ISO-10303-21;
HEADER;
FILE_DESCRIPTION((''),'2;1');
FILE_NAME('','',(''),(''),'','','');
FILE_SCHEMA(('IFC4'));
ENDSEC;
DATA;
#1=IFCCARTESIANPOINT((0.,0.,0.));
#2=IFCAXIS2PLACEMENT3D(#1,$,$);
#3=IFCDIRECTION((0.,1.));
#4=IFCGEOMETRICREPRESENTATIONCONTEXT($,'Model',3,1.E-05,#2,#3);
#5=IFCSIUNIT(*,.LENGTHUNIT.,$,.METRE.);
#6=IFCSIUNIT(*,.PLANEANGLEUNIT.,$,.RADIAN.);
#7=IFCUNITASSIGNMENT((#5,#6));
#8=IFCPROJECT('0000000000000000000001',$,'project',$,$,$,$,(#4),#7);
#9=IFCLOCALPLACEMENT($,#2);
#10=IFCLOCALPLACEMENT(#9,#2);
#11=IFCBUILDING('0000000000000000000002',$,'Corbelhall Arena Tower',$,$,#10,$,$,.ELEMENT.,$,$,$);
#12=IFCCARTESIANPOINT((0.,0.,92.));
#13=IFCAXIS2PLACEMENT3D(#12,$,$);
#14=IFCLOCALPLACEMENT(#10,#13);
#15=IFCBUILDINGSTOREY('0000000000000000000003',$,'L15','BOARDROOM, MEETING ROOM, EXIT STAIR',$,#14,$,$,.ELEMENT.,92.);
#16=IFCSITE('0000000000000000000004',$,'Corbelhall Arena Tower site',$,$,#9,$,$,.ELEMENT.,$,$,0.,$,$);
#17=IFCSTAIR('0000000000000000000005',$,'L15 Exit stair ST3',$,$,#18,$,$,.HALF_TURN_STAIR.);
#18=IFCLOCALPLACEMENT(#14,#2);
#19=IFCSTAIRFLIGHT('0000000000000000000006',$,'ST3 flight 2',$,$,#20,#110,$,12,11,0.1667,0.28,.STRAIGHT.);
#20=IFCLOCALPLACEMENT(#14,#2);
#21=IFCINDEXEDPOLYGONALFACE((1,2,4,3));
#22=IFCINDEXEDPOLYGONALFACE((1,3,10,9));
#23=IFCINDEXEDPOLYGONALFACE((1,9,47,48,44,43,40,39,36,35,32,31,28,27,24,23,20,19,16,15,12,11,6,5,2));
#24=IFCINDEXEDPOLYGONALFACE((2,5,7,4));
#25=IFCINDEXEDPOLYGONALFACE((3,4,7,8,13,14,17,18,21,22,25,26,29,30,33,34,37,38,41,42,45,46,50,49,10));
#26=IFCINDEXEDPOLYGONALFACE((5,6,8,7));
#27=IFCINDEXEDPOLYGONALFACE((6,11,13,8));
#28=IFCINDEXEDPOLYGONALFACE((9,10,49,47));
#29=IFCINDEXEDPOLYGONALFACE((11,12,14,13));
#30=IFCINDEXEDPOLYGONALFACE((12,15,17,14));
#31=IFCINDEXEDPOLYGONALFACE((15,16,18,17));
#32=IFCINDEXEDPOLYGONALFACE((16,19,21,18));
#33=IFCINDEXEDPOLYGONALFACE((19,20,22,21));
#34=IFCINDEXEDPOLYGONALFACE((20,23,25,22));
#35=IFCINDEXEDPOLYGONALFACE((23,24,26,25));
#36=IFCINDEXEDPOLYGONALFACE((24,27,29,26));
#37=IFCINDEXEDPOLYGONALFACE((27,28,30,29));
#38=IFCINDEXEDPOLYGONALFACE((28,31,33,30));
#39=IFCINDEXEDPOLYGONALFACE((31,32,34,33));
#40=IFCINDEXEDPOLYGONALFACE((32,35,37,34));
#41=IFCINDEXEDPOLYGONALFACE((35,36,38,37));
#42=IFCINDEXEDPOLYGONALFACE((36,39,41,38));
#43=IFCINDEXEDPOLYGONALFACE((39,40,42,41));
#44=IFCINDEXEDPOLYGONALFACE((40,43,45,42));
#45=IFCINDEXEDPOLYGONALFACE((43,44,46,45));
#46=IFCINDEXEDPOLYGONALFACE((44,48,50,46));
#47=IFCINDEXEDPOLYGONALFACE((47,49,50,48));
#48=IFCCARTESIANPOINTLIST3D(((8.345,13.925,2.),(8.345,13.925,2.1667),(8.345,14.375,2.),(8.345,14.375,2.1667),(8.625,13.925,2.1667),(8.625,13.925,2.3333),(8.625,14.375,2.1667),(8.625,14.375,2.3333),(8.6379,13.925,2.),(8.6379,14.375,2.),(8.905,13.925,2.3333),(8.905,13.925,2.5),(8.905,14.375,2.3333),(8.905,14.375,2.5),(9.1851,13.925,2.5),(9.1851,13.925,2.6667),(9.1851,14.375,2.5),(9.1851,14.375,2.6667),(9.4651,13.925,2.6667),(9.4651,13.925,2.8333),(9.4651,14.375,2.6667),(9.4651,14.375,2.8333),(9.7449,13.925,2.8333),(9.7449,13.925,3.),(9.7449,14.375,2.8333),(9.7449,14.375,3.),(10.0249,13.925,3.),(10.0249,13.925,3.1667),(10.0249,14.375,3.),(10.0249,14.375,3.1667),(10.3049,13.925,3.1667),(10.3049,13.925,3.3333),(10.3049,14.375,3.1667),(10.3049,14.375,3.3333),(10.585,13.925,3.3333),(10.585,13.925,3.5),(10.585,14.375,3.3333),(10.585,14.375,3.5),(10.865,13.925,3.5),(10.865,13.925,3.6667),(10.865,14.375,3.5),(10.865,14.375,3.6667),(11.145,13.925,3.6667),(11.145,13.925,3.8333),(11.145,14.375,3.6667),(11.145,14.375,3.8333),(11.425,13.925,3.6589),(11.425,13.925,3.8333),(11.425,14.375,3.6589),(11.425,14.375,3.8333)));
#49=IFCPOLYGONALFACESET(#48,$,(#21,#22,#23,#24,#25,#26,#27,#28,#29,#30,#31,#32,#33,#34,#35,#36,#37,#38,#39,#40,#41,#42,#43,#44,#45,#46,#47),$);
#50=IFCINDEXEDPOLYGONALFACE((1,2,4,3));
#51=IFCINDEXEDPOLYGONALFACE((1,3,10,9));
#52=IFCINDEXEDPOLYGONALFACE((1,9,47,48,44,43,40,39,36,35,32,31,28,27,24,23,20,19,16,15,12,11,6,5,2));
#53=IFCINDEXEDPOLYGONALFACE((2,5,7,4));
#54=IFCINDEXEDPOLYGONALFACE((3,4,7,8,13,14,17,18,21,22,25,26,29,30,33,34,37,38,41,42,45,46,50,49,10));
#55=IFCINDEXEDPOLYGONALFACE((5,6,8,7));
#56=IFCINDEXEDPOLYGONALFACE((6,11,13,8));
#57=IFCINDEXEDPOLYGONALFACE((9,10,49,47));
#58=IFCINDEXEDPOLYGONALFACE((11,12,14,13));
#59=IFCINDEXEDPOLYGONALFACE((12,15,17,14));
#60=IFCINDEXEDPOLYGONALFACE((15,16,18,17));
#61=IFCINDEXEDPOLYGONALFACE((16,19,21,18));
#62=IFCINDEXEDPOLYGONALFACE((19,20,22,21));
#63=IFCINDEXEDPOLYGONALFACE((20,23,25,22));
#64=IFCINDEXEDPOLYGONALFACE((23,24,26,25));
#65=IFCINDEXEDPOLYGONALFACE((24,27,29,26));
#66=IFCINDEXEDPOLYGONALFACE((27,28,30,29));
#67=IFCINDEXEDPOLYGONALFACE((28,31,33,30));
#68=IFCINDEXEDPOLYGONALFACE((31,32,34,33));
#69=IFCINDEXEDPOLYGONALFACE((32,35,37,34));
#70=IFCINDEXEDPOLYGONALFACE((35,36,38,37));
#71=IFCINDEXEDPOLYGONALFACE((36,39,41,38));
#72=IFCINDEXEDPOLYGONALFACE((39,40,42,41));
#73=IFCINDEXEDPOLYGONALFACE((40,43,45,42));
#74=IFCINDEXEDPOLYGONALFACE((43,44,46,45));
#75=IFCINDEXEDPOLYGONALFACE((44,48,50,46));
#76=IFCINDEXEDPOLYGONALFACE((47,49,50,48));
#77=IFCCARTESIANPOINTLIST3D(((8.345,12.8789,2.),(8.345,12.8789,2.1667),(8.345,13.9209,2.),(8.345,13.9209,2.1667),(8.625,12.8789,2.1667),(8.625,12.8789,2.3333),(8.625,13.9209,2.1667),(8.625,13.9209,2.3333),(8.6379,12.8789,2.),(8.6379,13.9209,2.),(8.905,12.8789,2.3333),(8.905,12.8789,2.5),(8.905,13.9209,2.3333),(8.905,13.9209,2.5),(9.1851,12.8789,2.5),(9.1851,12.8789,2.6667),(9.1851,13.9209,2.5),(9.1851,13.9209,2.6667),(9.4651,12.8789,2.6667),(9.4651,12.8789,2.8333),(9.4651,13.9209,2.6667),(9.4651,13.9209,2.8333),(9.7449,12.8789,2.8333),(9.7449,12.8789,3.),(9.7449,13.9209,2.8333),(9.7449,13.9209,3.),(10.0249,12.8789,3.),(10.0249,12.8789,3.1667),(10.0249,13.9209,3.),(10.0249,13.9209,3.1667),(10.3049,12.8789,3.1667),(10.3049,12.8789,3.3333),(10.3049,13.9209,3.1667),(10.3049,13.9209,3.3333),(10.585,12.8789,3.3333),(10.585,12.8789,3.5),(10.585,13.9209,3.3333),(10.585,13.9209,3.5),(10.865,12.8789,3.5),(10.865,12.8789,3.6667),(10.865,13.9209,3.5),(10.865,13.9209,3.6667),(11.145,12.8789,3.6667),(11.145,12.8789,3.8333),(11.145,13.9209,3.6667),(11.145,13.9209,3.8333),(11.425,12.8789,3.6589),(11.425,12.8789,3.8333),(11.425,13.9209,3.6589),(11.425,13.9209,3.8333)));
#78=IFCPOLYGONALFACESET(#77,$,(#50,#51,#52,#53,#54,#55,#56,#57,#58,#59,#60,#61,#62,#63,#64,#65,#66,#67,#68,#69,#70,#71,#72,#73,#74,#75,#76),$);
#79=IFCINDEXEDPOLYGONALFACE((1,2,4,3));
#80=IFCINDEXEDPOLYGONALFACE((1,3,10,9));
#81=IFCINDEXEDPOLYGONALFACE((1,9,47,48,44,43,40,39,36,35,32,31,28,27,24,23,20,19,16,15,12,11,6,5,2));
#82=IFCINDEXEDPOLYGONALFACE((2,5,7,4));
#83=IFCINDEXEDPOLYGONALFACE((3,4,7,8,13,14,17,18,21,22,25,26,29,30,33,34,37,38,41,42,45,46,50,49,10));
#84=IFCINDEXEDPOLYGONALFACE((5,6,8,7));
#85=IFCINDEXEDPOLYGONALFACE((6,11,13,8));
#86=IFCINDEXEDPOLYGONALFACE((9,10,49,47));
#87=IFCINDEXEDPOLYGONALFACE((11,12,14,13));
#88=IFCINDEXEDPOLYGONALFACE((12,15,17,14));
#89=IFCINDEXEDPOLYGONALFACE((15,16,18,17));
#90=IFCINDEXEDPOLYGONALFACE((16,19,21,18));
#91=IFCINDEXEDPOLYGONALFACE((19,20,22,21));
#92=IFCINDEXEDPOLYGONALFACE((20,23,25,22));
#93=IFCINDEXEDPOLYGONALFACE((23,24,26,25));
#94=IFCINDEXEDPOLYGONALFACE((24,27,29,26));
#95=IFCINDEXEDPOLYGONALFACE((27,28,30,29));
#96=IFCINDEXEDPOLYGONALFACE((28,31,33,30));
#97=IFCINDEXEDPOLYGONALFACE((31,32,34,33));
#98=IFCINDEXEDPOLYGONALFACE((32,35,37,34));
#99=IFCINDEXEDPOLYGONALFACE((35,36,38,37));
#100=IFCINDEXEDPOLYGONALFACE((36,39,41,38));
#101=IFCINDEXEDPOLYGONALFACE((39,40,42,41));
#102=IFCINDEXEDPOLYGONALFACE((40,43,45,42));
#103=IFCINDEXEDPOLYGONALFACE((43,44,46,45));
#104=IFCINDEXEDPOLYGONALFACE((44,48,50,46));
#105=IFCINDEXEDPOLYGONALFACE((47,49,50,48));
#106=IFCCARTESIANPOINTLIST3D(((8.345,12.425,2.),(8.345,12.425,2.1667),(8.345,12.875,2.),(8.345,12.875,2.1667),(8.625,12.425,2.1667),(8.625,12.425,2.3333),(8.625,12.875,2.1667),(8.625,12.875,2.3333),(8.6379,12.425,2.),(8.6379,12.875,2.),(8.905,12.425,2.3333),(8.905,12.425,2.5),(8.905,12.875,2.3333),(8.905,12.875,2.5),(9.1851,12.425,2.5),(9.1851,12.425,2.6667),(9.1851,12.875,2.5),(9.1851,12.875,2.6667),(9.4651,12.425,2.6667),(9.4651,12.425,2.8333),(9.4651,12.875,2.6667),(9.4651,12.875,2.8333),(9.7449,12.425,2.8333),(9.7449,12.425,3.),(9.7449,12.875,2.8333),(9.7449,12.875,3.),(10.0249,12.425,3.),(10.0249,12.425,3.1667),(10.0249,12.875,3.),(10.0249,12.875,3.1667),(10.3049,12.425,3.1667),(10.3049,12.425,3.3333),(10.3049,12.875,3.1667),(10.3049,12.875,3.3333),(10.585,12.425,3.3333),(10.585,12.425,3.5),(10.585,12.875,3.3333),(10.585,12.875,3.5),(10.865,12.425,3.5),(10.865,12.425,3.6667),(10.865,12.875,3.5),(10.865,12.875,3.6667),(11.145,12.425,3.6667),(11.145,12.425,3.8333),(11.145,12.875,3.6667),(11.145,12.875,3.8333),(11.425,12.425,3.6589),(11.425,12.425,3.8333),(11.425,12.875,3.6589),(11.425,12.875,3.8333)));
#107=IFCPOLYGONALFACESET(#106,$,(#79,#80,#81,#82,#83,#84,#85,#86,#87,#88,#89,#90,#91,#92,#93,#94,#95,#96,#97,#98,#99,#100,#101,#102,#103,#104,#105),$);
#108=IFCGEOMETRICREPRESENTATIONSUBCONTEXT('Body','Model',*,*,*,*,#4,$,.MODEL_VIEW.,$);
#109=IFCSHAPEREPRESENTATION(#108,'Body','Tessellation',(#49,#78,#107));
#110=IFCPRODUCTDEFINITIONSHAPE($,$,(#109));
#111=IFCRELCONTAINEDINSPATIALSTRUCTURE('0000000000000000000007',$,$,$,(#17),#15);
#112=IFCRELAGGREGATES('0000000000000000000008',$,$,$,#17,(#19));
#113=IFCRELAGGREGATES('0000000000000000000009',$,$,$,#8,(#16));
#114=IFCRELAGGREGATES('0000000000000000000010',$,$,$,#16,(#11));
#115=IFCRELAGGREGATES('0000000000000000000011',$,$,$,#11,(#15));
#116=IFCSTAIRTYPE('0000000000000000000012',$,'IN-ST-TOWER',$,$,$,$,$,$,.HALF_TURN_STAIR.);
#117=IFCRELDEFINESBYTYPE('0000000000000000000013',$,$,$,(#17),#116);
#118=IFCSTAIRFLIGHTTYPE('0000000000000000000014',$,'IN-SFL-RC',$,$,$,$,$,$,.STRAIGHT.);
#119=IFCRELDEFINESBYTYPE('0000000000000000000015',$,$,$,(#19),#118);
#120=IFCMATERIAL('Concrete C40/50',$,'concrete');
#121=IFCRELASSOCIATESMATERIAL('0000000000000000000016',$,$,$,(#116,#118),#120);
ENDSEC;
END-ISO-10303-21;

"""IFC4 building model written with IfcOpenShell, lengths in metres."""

from ifc_helpers import new_model, si_unit, direction, frame, origin, place, context, subcontext, project, spatial, polyline, outline, extrude, material, type_object, element, aggregate, save


model = new_model("IFC4")

# Units and contexts
model_context = context("Model", 3, precision=1e-05, world=origin(), true_north=direction((0.0, 1.0)))
body_context = subcontext(model_context, "Body", "Model", "MODEL_VIEW")
ifc_project = project(units=[si_unit("LENGTHUNIT", "METRE"), si_unit("PLANEANGLEUNIT", "RADIAN")], contexts=[model_context])

# Site, building, storey
site_placement = place(None, origin())
site = spatial("IfcSite", under=ifc_project, at=site_placement, Name="Corbelhall Arena Tower site", CompositionType="ELEMENT", RefElevation=0.0)
building_placement = place(site_placement, origin())
building = spatial("IfcBuilding", under=site, at=building_placement, Name="Corbelhall Arena Tower", CompositionType="ELEMENT")
storey_placement = place(building_placement, frame((0.0, 0.0, 92.0)))
storey = spatial("IfcBuildingStorey", under=building, at=storey_placement, Name="L15", Description="BOARDROOM, MEETING ROOM, EXIT STAIR", CompositionType="ELEMENT", Elevation=92.0)

# Shared definitions
ifc_material_1 = material(Name="Concrete C40/50", Category="concrete")

# Stair, stair flight
stair_type = type_object("IfcStairType", Name="IN-ST-TOWER", PredefinedType="HALF_TURN_STAIR", material=ifc_material_1)
stair_placement = place(storey_placement, origin())
stair = element("IfcStair", 1, at=stair_placement, inside=storey, type_object=stair_type, Name="L15 Exit stair ST3", PredefinedType="HALF_TURN_STAIR")
stair_flight_type = type_object("IfcStairFlightType", Name="IN-SFL-RC", PredefinedType="STRAIGHT", material=ifc_material_1)
stair_flight_1_placement = place(storey_placement, frame((8.345, 13.3999, 2.0), z_axis=(0.0, 0.0, 1.0), x_axis=(1.0, 0.0, 0.0)))
stair_flight_1 = element("IfcStairFlight", 2, at=stair_flight_1_placement, type_object=stair_flight_type, Name="ST3 flight 2", NumberOfRisers=12, NumberOfTreads=11, PredefinedType="STRAIGHT", RiserHeight=0.1667, TreadLength=0.28, context=body_context, shape_type="SweptSolid", body=[
    extrude(outline(polyline([(0.0, 0.0), (0.0, 0.1667), (0.28, 0.1667), (0.28, 0.3333), (0.5601, 0.3333), (0.5601, 0.5), (0.8401, 0.5), (0.8401, 0.6667), (1.1201, 0.6667), (1.1201, 0.8333), (1.3999, 0.8333), (1.3999, 1.0), (1.6799, 1.0), (1.6799, 1.1667), (1.96, 1.1667), (1.96, 1.3333), (2.24, 1.3333), (2.24, 1.5), (2.52, 1.5), (2.52, 1.6667), (2.8, 1.6667), (2.8, 1.8333), (3.0801, 1.8333), (3.0801, 2.0), (3.0801, 1.6589), (0.293, 0.0), (0.0, 0.0)])), frame((0.0, 0.9751, 0.0), z_axis=(0.0, -1.0, 0.0), x_axis=(1.0, 0.0, 0.0)), (0.0, 0.0, 1.0), 0.45),
    extrude(outline(polyline([(0.0, 0.0), (0.0, 0.1667), (0.28, 0.1667), (0.28, 0.3333), (0.5601, 0.3333), (0.5601, 0.5), (0.8401, 0.5), (0.8401, 0.6667), (1.1201, 0.6667), (1.1201, 0.8333), (1.3999, 0.8333), (1.3999, 1.0), (1.6799, 1.0), (1.6799, 1.1667), (1.96, 1.1667), (1.96, 1.3333), (2.24, 1.3333), (2.24, 1.5), (2.52, 1.5), (2.52, 1.6667), (2.8, 1.6667), (2.8, 1.8333), (3.0801, 1.8333), (3.0801, 2.0), (3.0801, 1.6589), (0.293, 0.0), (0.0, 0.0)])), frame((0.0, 0.521, 0.0), z_axis=(0.0, -1.0, 0.0), x_axis=(1.0, 0.0, 0.0)), (0.0, 0.0, 1.0), 1.042),
    extrude(outline(polyline([(0.0, 0.0), (0.0, 0.1667), (0.28, 0.1667), (0.28, 0.3333), (0.5601, 0.3333), (0.5601, 0.5), (0.8401, 0.5), (0.8401, 0.6667), (1.1201, 0.6667), (1.1201, 0.8333), (1.3999, 0.8333), (1.3999, 1.0), (1.6799, 1.0), (1.6799, 1.1667), (1.96, 1.1667), (1.96, 1.3333), (2.24, 1.3333), (2.24, 1.5), (2.52, 1.5), (2.52, 1.6667), (2.8, 1.6667), (2.8, 1.8333), (3.0801, 1.8333), (3.0801, 2.0), (3.0801, 1.6589), (0.293, 0.0), (0.0, 0.0)])), frame((0.0, -0.5249, 0.0), z_axis=(0.0, -1.0, 0.0), x_axis=(1.0, 0.0, 0.0)), (0.0, 0.0, 1.0), 0.45),
])
aggregate(stair, [stair_flight_1])

save(model, "model.ifc")
